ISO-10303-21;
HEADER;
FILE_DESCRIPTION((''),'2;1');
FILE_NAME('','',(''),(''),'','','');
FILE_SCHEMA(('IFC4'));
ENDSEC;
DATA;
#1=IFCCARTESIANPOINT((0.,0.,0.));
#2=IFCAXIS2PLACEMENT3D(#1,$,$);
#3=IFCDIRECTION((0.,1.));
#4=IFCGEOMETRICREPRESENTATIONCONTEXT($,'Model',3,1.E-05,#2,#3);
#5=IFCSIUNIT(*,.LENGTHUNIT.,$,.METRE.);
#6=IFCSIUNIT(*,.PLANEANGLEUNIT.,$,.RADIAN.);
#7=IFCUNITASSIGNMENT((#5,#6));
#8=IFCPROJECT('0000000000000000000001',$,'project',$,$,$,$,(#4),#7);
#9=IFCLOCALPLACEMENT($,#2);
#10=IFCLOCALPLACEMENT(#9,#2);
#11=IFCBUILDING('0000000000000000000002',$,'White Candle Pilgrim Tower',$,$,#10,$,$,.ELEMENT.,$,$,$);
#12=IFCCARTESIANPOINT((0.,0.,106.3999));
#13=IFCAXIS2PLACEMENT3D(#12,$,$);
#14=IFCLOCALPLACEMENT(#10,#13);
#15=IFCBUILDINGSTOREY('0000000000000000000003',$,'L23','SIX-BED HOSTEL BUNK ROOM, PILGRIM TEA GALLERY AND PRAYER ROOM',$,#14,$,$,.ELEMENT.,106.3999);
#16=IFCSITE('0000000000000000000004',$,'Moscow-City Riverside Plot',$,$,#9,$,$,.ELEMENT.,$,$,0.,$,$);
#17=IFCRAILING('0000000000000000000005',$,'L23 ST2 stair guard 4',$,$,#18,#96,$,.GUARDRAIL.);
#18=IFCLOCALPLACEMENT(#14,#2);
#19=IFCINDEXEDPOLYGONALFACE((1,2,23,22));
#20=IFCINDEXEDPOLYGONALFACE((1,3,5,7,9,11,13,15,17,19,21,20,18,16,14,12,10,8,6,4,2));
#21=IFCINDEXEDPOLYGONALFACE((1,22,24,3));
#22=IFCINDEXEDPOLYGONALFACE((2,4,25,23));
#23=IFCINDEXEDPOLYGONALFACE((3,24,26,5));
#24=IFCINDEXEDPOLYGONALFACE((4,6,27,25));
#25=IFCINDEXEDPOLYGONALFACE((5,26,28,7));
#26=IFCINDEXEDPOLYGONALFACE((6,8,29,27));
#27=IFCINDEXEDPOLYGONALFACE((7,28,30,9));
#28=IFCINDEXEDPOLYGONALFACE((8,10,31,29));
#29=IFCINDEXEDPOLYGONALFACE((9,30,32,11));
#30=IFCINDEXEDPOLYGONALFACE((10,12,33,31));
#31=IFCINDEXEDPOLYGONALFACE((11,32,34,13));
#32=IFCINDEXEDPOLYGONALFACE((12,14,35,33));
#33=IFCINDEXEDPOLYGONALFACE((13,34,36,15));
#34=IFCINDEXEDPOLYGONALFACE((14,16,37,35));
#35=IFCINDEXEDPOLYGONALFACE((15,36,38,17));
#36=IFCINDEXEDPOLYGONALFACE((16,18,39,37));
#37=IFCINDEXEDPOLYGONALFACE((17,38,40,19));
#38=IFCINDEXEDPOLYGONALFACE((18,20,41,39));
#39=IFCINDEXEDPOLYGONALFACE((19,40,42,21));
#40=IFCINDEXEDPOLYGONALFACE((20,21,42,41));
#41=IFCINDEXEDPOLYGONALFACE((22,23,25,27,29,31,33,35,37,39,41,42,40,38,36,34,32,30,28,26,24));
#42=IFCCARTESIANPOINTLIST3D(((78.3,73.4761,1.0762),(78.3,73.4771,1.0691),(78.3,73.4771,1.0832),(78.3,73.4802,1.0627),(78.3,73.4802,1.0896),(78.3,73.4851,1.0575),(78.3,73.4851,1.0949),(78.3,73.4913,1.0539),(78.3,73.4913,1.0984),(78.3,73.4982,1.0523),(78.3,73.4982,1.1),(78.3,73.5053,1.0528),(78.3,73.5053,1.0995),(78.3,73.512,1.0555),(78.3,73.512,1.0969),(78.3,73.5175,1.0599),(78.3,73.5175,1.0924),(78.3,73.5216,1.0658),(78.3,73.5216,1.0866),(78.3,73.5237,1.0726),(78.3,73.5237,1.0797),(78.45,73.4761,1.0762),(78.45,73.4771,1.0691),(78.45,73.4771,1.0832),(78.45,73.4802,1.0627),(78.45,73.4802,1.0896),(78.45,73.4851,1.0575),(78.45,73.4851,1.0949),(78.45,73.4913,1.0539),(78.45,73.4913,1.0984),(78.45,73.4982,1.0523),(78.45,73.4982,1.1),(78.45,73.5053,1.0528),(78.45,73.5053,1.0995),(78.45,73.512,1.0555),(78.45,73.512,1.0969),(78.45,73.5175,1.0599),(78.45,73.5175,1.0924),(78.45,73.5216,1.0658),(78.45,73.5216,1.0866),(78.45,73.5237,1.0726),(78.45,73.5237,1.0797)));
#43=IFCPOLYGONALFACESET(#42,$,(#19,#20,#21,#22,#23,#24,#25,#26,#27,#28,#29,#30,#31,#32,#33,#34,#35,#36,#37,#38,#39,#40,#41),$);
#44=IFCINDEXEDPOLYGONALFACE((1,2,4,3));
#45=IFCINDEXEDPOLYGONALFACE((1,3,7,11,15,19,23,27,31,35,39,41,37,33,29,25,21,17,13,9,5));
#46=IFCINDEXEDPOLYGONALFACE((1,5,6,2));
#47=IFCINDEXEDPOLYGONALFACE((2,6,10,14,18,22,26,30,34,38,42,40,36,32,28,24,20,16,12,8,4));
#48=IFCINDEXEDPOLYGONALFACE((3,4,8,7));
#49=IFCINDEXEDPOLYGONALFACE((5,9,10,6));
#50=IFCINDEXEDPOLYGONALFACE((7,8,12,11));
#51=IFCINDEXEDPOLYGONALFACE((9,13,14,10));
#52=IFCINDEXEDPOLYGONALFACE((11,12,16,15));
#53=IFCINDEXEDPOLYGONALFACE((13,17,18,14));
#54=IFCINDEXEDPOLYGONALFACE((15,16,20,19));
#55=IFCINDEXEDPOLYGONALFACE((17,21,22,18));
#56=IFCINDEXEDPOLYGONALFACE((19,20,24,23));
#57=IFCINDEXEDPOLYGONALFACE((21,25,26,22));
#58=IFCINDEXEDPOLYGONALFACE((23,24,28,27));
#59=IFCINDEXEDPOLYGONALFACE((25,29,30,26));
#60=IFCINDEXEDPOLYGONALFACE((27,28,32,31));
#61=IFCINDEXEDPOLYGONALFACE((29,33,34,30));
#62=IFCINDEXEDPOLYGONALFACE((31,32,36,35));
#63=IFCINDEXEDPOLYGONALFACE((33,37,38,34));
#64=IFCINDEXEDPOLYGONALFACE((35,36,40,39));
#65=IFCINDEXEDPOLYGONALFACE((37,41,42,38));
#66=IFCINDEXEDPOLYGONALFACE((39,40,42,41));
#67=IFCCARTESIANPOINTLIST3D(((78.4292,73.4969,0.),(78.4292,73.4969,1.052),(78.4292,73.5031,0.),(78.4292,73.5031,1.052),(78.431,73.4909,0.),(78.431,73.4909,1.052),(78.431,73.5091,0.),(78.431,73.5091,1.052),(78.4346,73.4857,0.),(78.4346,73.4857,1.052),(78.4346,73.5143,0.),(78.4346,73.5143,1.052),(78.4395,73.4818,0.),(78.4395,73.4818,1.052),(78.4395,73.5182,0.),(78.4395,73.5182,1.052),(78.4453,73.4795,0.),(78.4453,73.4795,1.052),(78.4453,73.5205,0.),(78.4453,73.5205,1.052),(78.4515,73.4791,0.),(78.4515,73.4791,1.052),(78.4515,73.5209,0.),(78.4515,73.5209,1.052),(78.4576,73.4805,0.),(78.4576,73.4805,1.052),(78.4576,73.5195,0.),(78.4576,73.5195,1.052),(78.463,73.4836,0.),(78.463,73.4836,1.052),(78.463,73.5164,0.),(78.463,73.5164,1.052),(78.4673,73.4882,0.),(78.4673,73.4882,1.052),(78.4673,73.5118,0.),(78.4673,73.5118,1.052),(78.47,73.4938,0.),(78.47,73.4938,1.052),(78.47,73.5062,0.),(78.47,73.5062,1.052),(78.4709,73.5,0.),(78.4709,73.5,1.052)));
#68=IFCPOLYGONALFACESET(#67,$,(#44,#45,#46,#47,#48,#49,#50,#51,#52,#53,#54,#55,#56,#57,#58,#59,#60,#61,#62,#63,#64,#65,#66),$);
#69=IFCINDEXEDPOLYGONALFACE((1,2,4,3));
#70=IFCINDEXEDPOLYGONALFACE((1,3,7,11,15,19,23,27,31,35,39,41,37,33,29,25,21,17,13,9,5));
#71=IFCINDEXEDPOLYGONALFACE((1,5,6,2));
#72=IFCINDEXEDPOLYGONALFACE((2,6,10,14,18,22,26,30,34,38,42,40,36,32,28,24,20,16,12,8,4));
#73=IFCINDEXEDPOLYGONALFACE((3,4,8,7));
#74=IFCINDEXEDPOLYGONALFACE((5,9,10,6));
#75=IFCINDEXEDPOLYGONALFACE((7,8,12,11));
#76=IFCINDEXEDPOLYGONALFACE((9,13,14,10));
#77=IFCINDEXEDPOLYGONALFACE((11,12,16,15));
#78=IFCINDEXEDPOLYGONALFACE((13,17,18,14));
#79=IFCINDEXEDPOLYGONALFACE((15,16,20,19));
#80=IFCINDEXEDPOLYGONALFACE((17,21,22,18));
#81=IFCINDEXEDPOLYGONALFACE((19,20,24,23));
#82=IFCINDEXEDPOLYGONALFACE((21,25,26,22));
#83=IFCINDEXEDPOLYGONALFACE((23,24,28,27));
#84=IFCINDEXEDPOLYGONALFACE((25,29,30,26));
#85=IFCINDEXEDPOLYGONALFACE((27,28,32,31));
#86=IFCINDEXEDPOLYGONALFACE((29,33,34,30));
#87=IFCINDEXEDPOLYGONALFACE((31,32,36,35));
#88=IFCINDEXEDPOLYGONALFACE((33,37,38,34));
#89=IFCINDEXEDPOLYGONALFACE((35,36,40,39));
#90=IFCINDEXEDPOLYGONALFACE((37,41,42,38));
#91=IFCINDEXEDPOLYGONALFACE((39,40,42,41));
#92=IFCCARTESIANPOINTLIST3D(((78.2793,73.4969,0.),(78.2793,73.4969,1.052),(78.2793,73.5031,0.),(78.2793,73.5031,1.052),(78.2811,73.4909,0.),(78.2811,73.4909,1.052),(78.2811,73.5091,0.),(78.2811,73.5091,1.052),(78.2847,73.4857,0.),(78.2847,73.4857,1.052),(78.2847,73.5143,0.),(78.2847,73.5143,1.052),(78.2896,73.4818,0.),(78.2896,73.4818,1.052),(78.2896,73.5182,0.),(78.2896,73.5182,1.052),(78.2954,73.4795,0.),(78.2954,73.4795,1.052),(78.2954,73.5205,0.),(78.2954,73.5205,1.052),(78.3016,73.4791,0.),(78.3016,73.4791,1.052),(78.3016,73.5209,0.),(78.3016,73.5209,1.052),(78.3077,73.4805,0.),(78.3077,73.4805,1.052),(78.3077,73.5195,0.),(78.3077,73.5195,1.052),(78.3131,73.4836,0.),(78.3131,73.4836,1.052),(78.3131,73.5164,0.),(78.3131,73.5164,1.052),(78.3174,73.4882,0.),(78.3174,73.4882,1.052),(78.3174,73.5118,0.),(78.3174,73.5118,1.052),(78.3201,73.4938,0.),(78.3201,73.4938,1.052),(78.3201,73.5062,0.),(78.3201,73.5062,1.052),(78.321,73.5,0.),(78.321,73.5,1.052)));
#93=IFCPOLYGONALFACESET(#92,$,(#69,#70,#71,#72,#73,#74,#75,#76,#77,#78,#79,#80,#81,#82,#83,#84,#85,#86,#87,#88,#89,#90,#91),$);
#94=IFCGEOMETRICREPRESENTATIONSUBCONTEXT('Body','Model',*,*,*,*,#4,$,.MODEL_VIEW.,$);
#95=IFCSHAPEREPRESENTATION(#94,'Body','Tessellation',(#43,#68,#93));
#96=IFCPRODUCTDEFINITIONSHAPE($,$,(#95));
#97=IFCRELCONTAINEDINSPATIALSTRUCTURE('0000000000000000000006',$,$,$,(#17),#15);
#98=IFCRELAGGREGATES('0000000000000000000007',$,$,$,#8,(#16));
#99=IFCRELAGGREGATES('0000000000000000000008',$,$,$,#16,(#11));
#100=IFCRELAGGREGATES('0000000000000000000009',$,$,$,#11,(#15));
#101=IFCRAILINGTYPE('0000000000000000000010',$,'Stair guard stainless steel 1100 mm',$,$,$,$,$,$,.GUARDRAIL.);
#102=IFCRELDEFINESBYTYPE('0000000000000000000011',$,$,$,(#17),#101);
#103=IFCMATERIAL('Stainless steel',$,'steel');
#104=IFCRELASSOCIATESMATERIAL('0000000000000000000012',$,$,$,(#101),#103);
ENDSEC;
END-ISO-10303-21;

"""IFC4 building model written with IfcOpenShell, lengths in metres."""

from ifc_helpers import new_model, si_unit, direction, frame, origin, origin_2d, place, context, subcontext, project, spatial, circle, extrude, material, type_object, element, save


model = new_model("IFC4")

# Units and contexts
model_context = context("Model", 3, precision=1e-05, world=origin(), true_north=direction((0.0, 1.0)))
body_context = subcontext(model_context, "Body", "Model", "MODEL_VIEW")
ifc_project = project(units=[si_unit("LENGTHUNIT", "METRE"), si_unit("PLANEANGLEUNIT", "RADIAN")], contexts=[model_context])

# Site, building, storey
site_placement = place(None, origin())
site = spatial("IfcSite", under=ifc_project, at=site_placement, Name="Moscow-City Riverside Plot", CompositionType="ELEMENT", RefElevation=0.0)
building_placement = place(site_placement, origin())
building = spatial("IfcBuilding", under=site, at=building_placement, Name="White Candle Pilgrim Tower", CompositionType="ELEMENT")
storey_placement = place(building_placement, frame((0.0, 0.0, 106.3999)))
storey = spatial("IfcBuildingStorey", under=building, at=storey_placement, Name="L23", Description="SIX-BED HOSTEL BUNK ROOM, PILGRIM TEA GALLERY AND PRAYER ROOM", CompositionType="ELEMENT", Elevation=106.3999)

# Railing
ifc_material_1 = material(Name="Stainless steel", Category="steel")
railing_type_1 = type_object("IfcRailingType", Name="Stair guard stainless steel 1100 mm", PredefinedType="GUARDRAIL", material=ifc_material_1)
railing_1_placement = place(storey_placement, frame((78.45, 73.5, 0.0)))
element("IfcRailing", 1, at=railing_1_placement, inside=storey, type_object=railing_type_1, Name="L23 ST2 stair guard 4", PredefinedType="GUARDRAIL", context=body_context, shape_type="SweptSolid", body=[
    extrude(circle(Radius=0.0239, at=origin_2d()), frame((0.0, 0.0, 1.0762), z_axis=(-1.0, 0.0, 0.0), x_axis=(0.0, -1.0, 0.0)), (0.0, 0.0, 1.0), 0.1499),
    extrude(circle(Radius=0.021, at=origin_2d()), origin(), (0.0, 0.0, 1.0), 1.052),
    extrude(circle(Radius=0.021, at=origin_2d()), frame((-0.1499, 0.0, 0.0)), (0.0, 0.0, 1.0), 1.052),
])

save(model, "model.ifc")
